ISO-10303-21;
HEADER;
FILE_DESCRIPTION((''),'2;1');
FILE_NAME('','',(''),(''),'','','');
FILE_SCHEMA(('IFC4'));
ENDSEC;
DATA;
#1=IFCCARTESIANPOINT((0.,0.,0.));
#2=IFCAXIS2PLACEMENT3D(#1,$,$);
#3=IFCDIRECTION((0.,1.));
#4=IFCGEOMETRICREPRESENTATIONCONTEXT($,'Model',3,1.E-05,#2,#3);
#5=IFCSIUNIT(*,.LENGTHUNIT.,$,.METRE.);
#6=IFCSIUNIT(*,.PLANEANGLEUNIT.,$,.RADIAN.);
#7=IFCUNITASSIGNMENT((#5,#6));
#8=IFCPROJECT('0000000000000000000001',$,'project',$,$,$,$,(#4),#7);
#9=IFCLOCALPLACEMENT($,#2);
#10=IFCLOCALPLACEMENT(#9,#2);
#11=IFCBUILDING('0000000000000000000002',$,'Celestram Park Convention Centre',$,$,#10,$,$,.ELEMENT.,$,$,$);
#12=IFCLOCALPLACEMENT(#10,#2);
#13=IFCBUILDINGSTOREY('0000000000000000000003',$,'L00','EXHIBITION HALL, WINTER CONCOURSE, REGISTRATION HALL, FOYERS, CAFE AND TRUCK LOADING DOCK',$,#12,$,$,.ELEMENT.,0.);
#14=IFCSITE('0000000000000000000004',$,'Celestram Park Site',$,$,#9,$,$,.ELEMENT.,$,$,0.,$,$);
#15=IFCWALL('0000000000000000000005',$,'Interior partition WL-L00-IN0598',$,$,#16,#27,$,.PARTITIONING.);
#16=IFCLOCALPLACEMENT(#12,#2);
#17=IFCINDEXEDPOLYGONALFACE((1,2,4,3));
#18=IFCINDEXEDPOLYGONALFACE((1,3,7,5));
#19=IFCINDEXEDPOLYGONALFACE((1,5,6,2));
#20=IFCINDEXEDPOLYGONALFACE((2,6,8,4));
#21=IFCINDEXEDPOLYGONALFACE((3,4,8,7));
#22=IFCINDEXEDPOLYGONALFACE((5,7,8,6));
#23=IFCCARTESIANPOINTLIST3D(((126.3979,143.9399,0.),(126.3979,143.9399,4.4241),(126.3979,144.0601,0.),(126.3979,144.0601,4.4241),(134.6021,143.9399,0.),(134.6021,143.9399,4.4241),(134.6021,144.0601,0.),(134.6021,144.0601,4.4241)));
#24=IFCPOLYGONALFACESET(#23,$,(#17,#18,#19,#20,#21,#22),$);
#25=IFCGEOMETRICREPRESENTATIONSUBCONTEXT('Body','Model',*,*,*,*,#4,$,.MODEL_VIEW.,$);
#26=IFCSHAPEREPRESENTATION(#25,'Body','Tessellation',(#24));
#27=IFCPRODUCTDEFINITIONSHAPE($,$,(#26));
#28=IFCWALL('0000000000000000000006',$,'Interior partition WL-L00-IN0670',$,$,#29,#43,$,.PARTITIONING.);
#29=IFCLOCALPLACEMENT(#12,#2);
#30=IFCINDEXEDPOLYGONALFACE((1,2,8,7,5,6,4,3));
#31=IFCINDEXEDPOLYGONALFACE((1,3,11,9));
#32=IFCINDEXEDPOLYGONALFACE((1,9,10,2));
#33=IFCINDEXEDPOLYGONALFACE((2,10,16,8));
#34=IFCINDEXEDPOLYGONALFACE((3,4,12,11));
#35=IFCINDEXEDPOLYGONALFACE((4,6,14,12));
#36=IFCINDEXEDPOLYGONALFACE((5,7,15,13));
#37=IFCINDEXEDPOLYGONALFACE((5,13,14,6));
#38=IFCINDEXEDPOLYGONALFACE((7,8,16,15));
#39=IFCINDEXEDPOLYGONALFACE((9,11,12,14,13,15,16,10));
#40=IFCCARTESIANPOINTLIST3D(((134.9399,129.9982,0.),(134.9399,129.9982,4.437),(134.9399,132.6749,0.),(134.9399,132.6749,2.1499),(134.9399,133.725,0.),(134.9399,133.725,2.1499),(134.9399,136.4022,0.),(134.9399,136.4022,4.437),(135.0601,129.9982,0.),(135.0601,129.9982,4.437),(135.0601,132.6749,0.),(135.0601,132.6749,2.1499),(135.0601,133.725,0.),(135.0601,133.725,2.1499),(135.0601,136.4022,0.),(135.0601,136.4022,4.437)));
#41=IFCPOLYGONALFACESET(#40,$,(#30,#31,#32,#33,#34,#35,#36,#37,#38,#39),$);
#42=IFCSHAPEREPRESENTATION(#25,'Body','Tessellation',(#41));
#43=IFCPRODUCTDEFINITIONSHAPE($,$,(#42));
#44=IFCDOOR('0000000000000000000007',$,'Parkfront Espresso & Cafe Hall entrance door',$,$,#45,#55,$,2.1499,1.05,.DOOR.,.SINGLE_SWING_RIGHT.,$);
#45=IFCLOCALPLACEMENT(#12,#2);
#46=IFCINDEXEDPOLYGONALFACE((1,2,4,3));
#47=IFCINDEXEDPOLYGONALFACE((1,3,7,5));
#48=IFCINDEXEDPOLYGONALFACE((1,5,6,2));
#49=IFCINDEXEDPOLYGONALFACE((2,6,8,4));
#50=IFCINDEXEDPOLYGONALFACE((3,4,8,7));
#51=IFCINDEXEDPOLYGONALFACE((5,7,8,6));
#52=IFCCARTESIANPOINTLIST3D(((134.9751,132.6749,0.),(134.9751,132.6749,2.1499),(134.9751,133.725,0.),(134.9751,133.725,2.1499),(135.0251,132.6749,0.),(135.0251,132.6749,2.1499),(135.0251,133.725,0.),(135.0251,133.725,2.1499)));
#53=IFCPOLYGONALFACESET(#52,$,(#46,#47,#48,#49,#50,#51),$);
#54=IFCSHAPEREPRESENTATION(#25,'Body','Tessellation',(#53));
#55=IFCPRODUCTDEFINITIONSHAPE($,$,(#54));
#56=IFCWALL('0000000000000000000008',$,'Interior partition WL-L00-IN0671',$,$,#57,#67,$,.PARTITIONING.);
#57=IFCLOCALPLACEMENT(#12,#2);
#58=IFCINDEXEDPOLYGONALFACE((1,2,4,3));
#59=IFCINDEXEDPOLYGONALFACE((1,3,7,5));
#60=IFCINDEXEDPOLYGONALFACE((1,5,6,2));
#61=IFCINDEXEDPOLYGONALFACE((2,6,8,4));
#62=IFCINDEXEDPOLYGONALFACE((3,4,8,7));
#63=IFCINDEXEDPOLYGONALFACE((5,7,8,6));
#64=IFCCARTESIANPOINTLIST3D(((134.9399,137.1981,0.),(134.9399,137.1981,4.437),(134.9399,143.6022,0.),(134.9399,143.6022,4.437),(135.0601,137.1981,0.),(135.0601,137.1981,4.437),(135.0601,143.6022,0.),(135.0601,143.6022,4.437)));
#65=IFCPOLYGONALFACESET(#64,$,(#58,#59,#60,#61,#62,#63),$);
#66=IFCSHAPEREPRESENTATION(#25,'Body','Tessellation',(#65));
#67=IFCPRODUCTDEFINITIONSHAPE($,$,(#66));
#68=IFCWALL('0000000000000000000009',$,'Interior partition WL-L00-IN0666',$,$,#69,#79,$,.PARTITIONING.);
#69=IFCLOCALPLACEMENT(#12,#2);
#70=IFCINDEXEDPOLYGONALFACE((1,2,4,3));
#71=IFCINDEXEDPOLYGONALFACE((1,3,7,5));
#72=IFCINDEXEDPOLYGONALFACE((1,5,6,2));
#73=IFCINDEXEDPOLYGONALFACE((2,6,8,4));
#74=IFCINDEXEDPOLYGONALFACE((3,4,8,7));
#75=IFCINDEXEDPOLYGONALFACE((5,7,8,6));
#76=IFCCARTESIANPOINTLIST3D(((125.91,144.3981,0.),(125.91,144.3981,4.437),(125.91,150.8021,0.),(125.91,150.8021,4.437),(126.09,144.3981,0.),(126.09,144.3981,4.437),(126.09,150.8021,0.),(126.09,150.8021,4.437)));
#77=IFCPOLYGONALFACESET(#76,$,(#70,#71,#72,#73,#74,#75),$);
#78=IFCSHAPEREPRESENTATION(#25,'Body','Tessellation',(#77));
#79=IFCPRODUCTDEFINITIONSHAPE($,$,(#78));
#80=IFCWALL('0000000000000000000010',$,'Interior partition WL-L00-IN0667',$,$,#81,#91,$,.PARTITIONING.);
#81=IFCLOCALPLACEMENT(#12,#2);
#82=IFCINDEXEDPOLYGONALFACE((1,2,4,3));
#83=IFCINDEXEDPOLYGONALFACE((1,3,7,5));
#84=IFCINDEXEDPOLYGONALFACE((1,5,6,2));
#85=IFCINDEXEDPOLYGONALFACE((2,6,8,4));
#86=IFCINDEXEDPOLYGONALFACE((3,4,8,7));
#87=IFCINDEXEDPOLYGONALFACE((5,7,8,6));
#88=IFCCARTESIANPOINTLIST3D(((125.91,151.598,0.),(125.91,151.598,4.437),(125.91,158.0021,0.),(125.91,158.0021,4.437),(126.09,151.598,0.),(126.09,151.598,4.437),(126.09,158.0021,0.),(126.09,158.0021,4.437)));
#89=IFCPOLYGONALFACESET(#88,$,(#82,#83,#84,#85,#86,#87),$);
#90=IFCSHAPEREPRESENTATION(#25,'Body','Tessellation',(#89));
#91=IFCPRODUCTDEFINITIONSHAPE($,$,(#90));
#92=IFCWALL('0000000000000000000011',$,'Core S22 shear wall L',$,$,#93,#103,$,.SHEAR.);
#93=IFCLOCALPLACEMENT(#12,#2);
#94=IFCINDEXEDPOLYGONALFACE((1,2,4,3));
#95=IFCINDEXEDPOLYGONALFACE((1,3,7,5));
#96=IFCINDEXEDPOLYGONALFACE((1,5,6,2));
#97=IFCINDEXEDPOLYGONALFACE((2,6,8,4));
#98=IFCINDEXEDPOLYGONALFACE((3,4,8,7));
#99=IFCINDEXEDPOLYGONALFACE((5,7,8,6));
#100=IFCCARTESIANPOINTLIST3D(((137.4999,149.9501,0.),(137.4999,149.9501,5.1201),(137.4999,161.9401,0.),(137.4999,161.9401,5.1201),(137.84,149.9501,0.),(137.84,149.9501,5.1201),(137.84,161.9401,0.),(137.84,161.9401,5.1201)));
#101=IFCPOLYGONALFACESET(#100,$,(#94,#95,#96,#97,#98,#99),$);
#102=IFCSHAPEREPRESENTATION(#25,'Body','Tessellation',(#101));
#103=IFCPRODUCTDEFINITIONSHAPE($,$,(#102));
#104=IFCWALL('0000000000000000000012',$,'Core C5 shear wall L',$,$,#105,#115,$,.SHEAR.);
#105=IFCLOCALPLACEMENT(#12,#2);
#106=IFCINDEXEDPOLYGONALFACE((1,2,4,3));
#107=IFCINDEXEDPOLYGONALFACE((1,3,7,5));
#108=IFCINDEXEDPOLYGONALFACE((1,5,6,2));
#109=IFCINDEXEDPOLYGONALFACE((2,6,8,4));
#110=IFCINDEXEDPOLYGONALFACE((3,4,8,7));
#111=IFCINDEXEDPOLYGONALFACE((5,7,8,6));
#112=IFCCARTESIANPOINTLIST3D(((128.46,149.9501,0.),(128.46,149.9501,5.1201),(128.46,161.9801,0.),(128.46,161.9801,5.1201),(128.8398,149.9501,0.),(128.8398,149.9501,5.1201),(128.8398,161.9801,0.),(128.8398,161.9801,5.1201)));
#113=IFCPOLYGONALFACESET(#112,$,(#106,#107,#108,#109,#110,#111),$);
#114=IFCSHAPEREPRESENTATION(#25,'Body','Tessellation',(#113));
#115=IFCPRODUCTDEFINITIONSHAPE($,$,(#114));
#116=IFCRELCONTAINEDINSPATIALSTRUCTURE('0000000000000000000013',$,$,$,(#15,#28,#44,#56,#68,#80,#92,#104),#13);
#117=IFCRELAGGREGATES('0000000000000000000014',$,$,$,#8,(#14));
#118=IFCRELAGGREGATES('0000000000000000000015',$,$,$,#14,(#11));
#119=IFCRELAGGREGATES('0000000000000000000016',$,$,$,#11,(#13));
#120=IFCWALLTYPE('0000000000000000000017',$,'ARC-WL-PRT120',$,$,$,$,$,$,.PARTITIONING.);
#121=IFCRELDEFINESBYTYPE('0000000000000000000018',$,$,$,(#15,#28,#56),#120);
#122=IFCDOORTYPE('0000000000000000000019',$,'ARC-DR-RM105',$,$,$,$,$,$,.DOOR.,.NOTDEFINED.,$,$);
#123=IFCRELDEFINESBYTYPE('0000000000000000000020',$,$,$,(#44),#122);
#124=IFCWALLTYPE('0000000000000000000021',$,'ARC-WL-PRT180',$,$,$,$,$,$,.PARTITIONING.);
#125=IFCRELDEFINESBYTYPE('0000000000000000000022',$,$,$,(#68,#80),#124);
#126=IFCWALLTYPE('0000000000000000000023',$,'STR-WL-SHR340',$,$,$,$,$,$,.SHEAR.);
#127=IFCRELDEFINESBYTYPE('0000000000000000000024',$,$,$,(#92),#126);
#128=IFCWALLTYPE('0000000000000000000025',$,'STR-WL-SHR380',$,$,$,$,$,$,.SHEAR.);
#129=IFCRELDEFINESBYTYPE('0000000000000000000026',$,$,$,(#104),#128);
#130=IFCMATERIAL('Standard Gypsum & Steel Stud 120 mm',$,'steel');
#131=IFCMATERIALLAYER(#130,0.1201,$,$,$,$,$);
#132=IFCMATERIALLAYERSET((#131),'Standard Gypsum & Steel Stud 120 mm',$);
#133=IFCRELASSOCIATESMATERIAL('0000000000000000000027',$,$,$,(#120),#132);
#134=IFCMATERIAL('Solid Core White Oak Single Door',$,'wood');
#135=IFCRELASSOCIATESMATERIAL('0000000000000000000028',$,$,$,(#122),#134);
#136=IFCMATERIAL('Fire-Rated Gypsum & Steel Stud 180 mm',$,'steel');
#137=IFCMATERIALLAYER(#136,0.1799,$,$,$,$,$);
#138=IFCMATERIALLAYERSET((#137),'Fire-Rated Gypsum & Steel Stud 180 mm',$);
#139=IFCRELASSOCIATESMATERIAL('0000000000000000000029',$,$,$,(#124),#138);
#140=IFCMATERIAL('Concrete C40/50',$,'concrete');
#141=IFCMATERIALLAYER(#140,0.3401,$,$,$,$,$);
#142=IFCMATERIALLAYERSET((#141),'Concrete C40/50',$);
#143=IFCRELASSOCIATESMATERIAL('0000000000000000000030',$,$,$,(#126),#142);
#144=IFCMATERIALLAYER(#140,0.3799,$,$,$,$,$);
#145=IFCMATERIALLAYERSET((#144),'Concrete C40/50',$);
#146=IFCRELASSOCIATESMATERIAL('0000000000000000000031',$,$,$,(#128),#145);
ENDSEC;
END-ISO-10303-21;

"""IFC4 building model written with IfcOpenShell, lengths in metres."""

from ifc_helpers import new_model, si_unit, direction, frame, frame_2d, origin, place, context, subcontext, project, spatial, rectangle, extrude, material, layer, layer_set, type_object, element, fill, save


model = new_model("IFC4")

# Units and contexts
model_context = context("Model", 3, precision=1e-05, world=origin(), true_north=direction((0.0, 1.0)))
body_context = subcontext(model_context, "Body", "Model", "MODEL_VIEW")
ifc_project = project(units=[si_unit("LENGTHUNIT", "METRE"), si_unit("PLANEANGLEUNIT", "RADIAN")], contexts=[model_context])

# Site, building, storey
site_placement = place(None, origin())
site = spatial("IfcSite", under=ifc_project, at=site_placement, Name="Celestram Park Site", CompositionType="ELEMENT", RefElevation=0.0)
building_placement = place(site_placement, origin())
building = spatial("IfcBuilding", under=site, at=building_placement, Name="Celestram Park Convention Centre", CompositionType="ELEMENT")
storey_placement = place(building_placement, origin())
storey = spatial("IfcBuildingStorey", under=building, at=storey_placement, Name="L00", Description="EXHIBITION HALL, WINTER CONCOURSE, REGISTRATION HALL, FOYERS, CAFE AND TRUCK LOADING DOCK", CompositionType="ELEMENT", Elevation=0.0)

# Shared definitions
ifc_material_1 = material(Name="Concrete C40/50", Category="concrete")

# Wall
ifc_material_2 = material(Name="Standard Gypsum & Steel Stud 120 mm", Category="steel")
ifc_layer_1 = layer(ifc_material_2, 0.1201)
ifc_layer_set_1 = layer_set([ifc_layer_1], Name="Standard Gypsum & Steel Stud 120 mm")
wall_type_1 = type_object("IfcWallType", Name="ARC-WL-PRT120", PredefinedType="PARTITIONING", material=ifc_layer_set_1)
wall_1_placement = place(storey_placement, frame((126.3979, 144.0, 0.0), z_axis=(0.0, 0.0, 1.0), x_axis=(1.0, 0.0, 0.0)))
element("IfcWall", 1, at=wall_1_placement, inside=storey, type_object=wall_type_1, Name="Interior partition WL-L00-IN0598", PredefinedType="PARTITIONING", context=body_context, shape_type="SweptSolid", body=[
    extrude(rectangle(XDim=8.2041, YDim=0.1201, at=frame_2d((4.1021, 0.0))), origin(), (0.0, 0.0, 1.0), 4.4241),
])

# Wall, opening, door
wall_2_placement = place(storey_placement, frame((135.0, 129.998, 0.0), z_axis=(0.0, 0.0, 1.0), x_axis=(0.0, 1.0, 0.0)))
wall_2 = element("IfcWall", 2, at=wall_2_placement, inside=storey, type_object=wall_type_1, Name="Interior partition WL-L00-IN0670", PredefinedType="PARTITIONING", context=body_context, shape_type="SweptSolid", body=[
    extrude(rectangle(XDim=6.4041, YDim=0.1201, at=frame_2d((3.2021, 0.0))), origin(), (0.0, 0.0, 1.0), 4.437),
])
opening_1_placement = place(wall_2_placement, frame((2.677, 0.0, 0.0)))
opening_1 = element("IfcOpeningElement", 3, at=opening_1_placement, cuts=wall_2, PredefinedType="OPENING", context=body_context, shape_type="SweptSolid", body=[
    extrude(rectangle(XDim=1.05, YDim=2.1499, at=frame_2d((0.5249, 1.075))), frame((0.0, 0.0701, 0.0), z_axis=(0.0, -1.0, 0.0), x_axis=(1.0, 0.0, 0.0)), (0.0, 0.0, 1.0), 0.1401),
])
ifc_material_3 = material(Name="Solid Core White Oak Single Door", Category="wood")
door_type_1 = type_object("IfcDoorType", Name="ARC-DR-RM105", OperationType="NOTDEFINED", PredefinedType="DOOR", material=ifc_material_3)
door_1_placement = place(opening_1_placement, origin())
door_1 = element("IfcDoor", 4, at=door_1_placement, inside=storey, type_object=door_type_1, Name="Parkfront Espresso & Cafe Hall entrance door", OperationType="SINGLE_SWING_RIGHT", OverallHeight=2.1499, OverallWidth=1.05, PredefinedType="DOOR", context=body_context, shape_type="SweptSolid", body=[
    extrude(rectangle(XDim=1.05, YDim=2.1499, at=frame_2d((0.5249, 1.075))), frame((0.0, 0.0249, 0.0), z_axis=(0.0, -1.0, 0.0), x_axis=(1.0, 0.0, 0.0)), (0.0, 0.0, 1.0), 0.05),
])
fill(opening_1, door_1)

# Walls
wall_3_placement = place(storey_placement, frame((135.0, 137.198, 0.0), z_axis=(0.0, 0.0, 1.0), x_axis=(0.0, 1.0, 0.0)))
element("IfcWall", 5, at=wall_3_placement, inside=storey, type_object=wall_type_1, Name="Interior partition WL-L00-IN0671", PredefinedType="PARTITIONING", context=body_context, shape_type="SweptSolid", body=[
    extrude(rectangle(XDim=6.4041, YDim=0.1201, at=frame_2d((3.2021, 0.0))), origin(), (0.0, 0.0, 1.0), 4.437),
])
ifc_material_4 = material(Name="Fire-Rated Gypsum & Steel Stud 180 mm", Category="steel")
ifc_layer_2 = layer(ifc_material_4, 0.1799)
ifc_layer_set_2 = layer_set([ifc_layer_2], Name="Fire-Rated Gypsum & Steel Stud 180 mm")
wall_type_2 = type_object("IfcWallType", Name="ARC-WL-PRT180", PredefinedType="PARTITIONING", material=ifc_layer_set_2)
for number, where, z_axis, x_axis, name in (
    (6, (126.0, 144.3979, 0.0), (0.0, 0.0, 1.0), (0.0, 1.0, 0.0), "Interior partition WL-L00-IN0666"),
    (7, (126.0, 151.5979, 0.0), (0.0, 0.0, 1.0), (0.0, 1.0, 0.0), "Interior partition WL-L00-IN0667"),
):
    element("IfcWall", number, at=place(storey_placement, frame(where, z_axis=z_axis, x_axis=x_axis)), inside=storey, type_object=wall_type_2, Name=name, PredefinedType="PARTITIONING", context=body_context, shape_type="SweptSolid", body=[
        extrude(rectangle(XDim=6.4041, YDim=0.1799, at=frame_2d((3.2021, 0.0))), origin(), (0.0, 0.0, 1.0), 4.437),
    ])
ifc_layer_3 = layer(ifc_material_1, 0.3401)
ifc_layer_set_3 = layer_set([ifc_layer_3], Name="Concrete C40/50")
wall_type_3 = type_object("IfcWallType", Name="STR-WL-SHR340", PredefinedType="SHEAR", material=ifc_layer_set_3)
wall_4_placement = place(storey_placement, frame((137.6699, 149.95, 0.0), z_axis=(0.0, 0.0, 1.0), x_axis=(0.0, 1.0, 0.0)))
element("IfcWall", 8, at=wall_4_placement, inside=storey, type_object=wall_type_3, Name="Core S22 shear wall L", PredefinedType="SHEAR", context=body_context, shape_type="SweptSolid", body=[
    extrude(rectangle(XDim=11.99, YDim=0.3401, at=frame_2d((5.9951, 0.0))), origin(), (0.0, 0.0, 1.0), 5.1201),
])
ifc_layer_4 = layer(ifc_material_1, 0.3799)
ifc_layer_set_4 = layer_set([ifc_layer_4], Name="Concrete C40/50")
wall_type_4 = type_object("IfcWallType", Name="STR-WL-SHR380", PredefinedType="SHEAR", material=ifc_layer_set_4)
wall_5_placement = place(storey_placement, frame((128.6499, 149.95, 0.0), z_axis=(0.0, 0.0, 1.0), x_axis=(0.0, 1.0, 0.0)))
element("IfcWall", 9, at=wall_5_placement, inside=storey, type_object=wall_type_4, Name="Core C5 shear wall L", PredefinedType="SHEAR", context=body_context, shape_type="SweptSolid", body=[
    extrude(rectangle(XDim=12.03, YDim=0.3799, at=frame_2d((6.0151, 0.0))), origin(), (0.0, 0.0, 1.0), 5.1201),
])

save(model, "model.ifc")
